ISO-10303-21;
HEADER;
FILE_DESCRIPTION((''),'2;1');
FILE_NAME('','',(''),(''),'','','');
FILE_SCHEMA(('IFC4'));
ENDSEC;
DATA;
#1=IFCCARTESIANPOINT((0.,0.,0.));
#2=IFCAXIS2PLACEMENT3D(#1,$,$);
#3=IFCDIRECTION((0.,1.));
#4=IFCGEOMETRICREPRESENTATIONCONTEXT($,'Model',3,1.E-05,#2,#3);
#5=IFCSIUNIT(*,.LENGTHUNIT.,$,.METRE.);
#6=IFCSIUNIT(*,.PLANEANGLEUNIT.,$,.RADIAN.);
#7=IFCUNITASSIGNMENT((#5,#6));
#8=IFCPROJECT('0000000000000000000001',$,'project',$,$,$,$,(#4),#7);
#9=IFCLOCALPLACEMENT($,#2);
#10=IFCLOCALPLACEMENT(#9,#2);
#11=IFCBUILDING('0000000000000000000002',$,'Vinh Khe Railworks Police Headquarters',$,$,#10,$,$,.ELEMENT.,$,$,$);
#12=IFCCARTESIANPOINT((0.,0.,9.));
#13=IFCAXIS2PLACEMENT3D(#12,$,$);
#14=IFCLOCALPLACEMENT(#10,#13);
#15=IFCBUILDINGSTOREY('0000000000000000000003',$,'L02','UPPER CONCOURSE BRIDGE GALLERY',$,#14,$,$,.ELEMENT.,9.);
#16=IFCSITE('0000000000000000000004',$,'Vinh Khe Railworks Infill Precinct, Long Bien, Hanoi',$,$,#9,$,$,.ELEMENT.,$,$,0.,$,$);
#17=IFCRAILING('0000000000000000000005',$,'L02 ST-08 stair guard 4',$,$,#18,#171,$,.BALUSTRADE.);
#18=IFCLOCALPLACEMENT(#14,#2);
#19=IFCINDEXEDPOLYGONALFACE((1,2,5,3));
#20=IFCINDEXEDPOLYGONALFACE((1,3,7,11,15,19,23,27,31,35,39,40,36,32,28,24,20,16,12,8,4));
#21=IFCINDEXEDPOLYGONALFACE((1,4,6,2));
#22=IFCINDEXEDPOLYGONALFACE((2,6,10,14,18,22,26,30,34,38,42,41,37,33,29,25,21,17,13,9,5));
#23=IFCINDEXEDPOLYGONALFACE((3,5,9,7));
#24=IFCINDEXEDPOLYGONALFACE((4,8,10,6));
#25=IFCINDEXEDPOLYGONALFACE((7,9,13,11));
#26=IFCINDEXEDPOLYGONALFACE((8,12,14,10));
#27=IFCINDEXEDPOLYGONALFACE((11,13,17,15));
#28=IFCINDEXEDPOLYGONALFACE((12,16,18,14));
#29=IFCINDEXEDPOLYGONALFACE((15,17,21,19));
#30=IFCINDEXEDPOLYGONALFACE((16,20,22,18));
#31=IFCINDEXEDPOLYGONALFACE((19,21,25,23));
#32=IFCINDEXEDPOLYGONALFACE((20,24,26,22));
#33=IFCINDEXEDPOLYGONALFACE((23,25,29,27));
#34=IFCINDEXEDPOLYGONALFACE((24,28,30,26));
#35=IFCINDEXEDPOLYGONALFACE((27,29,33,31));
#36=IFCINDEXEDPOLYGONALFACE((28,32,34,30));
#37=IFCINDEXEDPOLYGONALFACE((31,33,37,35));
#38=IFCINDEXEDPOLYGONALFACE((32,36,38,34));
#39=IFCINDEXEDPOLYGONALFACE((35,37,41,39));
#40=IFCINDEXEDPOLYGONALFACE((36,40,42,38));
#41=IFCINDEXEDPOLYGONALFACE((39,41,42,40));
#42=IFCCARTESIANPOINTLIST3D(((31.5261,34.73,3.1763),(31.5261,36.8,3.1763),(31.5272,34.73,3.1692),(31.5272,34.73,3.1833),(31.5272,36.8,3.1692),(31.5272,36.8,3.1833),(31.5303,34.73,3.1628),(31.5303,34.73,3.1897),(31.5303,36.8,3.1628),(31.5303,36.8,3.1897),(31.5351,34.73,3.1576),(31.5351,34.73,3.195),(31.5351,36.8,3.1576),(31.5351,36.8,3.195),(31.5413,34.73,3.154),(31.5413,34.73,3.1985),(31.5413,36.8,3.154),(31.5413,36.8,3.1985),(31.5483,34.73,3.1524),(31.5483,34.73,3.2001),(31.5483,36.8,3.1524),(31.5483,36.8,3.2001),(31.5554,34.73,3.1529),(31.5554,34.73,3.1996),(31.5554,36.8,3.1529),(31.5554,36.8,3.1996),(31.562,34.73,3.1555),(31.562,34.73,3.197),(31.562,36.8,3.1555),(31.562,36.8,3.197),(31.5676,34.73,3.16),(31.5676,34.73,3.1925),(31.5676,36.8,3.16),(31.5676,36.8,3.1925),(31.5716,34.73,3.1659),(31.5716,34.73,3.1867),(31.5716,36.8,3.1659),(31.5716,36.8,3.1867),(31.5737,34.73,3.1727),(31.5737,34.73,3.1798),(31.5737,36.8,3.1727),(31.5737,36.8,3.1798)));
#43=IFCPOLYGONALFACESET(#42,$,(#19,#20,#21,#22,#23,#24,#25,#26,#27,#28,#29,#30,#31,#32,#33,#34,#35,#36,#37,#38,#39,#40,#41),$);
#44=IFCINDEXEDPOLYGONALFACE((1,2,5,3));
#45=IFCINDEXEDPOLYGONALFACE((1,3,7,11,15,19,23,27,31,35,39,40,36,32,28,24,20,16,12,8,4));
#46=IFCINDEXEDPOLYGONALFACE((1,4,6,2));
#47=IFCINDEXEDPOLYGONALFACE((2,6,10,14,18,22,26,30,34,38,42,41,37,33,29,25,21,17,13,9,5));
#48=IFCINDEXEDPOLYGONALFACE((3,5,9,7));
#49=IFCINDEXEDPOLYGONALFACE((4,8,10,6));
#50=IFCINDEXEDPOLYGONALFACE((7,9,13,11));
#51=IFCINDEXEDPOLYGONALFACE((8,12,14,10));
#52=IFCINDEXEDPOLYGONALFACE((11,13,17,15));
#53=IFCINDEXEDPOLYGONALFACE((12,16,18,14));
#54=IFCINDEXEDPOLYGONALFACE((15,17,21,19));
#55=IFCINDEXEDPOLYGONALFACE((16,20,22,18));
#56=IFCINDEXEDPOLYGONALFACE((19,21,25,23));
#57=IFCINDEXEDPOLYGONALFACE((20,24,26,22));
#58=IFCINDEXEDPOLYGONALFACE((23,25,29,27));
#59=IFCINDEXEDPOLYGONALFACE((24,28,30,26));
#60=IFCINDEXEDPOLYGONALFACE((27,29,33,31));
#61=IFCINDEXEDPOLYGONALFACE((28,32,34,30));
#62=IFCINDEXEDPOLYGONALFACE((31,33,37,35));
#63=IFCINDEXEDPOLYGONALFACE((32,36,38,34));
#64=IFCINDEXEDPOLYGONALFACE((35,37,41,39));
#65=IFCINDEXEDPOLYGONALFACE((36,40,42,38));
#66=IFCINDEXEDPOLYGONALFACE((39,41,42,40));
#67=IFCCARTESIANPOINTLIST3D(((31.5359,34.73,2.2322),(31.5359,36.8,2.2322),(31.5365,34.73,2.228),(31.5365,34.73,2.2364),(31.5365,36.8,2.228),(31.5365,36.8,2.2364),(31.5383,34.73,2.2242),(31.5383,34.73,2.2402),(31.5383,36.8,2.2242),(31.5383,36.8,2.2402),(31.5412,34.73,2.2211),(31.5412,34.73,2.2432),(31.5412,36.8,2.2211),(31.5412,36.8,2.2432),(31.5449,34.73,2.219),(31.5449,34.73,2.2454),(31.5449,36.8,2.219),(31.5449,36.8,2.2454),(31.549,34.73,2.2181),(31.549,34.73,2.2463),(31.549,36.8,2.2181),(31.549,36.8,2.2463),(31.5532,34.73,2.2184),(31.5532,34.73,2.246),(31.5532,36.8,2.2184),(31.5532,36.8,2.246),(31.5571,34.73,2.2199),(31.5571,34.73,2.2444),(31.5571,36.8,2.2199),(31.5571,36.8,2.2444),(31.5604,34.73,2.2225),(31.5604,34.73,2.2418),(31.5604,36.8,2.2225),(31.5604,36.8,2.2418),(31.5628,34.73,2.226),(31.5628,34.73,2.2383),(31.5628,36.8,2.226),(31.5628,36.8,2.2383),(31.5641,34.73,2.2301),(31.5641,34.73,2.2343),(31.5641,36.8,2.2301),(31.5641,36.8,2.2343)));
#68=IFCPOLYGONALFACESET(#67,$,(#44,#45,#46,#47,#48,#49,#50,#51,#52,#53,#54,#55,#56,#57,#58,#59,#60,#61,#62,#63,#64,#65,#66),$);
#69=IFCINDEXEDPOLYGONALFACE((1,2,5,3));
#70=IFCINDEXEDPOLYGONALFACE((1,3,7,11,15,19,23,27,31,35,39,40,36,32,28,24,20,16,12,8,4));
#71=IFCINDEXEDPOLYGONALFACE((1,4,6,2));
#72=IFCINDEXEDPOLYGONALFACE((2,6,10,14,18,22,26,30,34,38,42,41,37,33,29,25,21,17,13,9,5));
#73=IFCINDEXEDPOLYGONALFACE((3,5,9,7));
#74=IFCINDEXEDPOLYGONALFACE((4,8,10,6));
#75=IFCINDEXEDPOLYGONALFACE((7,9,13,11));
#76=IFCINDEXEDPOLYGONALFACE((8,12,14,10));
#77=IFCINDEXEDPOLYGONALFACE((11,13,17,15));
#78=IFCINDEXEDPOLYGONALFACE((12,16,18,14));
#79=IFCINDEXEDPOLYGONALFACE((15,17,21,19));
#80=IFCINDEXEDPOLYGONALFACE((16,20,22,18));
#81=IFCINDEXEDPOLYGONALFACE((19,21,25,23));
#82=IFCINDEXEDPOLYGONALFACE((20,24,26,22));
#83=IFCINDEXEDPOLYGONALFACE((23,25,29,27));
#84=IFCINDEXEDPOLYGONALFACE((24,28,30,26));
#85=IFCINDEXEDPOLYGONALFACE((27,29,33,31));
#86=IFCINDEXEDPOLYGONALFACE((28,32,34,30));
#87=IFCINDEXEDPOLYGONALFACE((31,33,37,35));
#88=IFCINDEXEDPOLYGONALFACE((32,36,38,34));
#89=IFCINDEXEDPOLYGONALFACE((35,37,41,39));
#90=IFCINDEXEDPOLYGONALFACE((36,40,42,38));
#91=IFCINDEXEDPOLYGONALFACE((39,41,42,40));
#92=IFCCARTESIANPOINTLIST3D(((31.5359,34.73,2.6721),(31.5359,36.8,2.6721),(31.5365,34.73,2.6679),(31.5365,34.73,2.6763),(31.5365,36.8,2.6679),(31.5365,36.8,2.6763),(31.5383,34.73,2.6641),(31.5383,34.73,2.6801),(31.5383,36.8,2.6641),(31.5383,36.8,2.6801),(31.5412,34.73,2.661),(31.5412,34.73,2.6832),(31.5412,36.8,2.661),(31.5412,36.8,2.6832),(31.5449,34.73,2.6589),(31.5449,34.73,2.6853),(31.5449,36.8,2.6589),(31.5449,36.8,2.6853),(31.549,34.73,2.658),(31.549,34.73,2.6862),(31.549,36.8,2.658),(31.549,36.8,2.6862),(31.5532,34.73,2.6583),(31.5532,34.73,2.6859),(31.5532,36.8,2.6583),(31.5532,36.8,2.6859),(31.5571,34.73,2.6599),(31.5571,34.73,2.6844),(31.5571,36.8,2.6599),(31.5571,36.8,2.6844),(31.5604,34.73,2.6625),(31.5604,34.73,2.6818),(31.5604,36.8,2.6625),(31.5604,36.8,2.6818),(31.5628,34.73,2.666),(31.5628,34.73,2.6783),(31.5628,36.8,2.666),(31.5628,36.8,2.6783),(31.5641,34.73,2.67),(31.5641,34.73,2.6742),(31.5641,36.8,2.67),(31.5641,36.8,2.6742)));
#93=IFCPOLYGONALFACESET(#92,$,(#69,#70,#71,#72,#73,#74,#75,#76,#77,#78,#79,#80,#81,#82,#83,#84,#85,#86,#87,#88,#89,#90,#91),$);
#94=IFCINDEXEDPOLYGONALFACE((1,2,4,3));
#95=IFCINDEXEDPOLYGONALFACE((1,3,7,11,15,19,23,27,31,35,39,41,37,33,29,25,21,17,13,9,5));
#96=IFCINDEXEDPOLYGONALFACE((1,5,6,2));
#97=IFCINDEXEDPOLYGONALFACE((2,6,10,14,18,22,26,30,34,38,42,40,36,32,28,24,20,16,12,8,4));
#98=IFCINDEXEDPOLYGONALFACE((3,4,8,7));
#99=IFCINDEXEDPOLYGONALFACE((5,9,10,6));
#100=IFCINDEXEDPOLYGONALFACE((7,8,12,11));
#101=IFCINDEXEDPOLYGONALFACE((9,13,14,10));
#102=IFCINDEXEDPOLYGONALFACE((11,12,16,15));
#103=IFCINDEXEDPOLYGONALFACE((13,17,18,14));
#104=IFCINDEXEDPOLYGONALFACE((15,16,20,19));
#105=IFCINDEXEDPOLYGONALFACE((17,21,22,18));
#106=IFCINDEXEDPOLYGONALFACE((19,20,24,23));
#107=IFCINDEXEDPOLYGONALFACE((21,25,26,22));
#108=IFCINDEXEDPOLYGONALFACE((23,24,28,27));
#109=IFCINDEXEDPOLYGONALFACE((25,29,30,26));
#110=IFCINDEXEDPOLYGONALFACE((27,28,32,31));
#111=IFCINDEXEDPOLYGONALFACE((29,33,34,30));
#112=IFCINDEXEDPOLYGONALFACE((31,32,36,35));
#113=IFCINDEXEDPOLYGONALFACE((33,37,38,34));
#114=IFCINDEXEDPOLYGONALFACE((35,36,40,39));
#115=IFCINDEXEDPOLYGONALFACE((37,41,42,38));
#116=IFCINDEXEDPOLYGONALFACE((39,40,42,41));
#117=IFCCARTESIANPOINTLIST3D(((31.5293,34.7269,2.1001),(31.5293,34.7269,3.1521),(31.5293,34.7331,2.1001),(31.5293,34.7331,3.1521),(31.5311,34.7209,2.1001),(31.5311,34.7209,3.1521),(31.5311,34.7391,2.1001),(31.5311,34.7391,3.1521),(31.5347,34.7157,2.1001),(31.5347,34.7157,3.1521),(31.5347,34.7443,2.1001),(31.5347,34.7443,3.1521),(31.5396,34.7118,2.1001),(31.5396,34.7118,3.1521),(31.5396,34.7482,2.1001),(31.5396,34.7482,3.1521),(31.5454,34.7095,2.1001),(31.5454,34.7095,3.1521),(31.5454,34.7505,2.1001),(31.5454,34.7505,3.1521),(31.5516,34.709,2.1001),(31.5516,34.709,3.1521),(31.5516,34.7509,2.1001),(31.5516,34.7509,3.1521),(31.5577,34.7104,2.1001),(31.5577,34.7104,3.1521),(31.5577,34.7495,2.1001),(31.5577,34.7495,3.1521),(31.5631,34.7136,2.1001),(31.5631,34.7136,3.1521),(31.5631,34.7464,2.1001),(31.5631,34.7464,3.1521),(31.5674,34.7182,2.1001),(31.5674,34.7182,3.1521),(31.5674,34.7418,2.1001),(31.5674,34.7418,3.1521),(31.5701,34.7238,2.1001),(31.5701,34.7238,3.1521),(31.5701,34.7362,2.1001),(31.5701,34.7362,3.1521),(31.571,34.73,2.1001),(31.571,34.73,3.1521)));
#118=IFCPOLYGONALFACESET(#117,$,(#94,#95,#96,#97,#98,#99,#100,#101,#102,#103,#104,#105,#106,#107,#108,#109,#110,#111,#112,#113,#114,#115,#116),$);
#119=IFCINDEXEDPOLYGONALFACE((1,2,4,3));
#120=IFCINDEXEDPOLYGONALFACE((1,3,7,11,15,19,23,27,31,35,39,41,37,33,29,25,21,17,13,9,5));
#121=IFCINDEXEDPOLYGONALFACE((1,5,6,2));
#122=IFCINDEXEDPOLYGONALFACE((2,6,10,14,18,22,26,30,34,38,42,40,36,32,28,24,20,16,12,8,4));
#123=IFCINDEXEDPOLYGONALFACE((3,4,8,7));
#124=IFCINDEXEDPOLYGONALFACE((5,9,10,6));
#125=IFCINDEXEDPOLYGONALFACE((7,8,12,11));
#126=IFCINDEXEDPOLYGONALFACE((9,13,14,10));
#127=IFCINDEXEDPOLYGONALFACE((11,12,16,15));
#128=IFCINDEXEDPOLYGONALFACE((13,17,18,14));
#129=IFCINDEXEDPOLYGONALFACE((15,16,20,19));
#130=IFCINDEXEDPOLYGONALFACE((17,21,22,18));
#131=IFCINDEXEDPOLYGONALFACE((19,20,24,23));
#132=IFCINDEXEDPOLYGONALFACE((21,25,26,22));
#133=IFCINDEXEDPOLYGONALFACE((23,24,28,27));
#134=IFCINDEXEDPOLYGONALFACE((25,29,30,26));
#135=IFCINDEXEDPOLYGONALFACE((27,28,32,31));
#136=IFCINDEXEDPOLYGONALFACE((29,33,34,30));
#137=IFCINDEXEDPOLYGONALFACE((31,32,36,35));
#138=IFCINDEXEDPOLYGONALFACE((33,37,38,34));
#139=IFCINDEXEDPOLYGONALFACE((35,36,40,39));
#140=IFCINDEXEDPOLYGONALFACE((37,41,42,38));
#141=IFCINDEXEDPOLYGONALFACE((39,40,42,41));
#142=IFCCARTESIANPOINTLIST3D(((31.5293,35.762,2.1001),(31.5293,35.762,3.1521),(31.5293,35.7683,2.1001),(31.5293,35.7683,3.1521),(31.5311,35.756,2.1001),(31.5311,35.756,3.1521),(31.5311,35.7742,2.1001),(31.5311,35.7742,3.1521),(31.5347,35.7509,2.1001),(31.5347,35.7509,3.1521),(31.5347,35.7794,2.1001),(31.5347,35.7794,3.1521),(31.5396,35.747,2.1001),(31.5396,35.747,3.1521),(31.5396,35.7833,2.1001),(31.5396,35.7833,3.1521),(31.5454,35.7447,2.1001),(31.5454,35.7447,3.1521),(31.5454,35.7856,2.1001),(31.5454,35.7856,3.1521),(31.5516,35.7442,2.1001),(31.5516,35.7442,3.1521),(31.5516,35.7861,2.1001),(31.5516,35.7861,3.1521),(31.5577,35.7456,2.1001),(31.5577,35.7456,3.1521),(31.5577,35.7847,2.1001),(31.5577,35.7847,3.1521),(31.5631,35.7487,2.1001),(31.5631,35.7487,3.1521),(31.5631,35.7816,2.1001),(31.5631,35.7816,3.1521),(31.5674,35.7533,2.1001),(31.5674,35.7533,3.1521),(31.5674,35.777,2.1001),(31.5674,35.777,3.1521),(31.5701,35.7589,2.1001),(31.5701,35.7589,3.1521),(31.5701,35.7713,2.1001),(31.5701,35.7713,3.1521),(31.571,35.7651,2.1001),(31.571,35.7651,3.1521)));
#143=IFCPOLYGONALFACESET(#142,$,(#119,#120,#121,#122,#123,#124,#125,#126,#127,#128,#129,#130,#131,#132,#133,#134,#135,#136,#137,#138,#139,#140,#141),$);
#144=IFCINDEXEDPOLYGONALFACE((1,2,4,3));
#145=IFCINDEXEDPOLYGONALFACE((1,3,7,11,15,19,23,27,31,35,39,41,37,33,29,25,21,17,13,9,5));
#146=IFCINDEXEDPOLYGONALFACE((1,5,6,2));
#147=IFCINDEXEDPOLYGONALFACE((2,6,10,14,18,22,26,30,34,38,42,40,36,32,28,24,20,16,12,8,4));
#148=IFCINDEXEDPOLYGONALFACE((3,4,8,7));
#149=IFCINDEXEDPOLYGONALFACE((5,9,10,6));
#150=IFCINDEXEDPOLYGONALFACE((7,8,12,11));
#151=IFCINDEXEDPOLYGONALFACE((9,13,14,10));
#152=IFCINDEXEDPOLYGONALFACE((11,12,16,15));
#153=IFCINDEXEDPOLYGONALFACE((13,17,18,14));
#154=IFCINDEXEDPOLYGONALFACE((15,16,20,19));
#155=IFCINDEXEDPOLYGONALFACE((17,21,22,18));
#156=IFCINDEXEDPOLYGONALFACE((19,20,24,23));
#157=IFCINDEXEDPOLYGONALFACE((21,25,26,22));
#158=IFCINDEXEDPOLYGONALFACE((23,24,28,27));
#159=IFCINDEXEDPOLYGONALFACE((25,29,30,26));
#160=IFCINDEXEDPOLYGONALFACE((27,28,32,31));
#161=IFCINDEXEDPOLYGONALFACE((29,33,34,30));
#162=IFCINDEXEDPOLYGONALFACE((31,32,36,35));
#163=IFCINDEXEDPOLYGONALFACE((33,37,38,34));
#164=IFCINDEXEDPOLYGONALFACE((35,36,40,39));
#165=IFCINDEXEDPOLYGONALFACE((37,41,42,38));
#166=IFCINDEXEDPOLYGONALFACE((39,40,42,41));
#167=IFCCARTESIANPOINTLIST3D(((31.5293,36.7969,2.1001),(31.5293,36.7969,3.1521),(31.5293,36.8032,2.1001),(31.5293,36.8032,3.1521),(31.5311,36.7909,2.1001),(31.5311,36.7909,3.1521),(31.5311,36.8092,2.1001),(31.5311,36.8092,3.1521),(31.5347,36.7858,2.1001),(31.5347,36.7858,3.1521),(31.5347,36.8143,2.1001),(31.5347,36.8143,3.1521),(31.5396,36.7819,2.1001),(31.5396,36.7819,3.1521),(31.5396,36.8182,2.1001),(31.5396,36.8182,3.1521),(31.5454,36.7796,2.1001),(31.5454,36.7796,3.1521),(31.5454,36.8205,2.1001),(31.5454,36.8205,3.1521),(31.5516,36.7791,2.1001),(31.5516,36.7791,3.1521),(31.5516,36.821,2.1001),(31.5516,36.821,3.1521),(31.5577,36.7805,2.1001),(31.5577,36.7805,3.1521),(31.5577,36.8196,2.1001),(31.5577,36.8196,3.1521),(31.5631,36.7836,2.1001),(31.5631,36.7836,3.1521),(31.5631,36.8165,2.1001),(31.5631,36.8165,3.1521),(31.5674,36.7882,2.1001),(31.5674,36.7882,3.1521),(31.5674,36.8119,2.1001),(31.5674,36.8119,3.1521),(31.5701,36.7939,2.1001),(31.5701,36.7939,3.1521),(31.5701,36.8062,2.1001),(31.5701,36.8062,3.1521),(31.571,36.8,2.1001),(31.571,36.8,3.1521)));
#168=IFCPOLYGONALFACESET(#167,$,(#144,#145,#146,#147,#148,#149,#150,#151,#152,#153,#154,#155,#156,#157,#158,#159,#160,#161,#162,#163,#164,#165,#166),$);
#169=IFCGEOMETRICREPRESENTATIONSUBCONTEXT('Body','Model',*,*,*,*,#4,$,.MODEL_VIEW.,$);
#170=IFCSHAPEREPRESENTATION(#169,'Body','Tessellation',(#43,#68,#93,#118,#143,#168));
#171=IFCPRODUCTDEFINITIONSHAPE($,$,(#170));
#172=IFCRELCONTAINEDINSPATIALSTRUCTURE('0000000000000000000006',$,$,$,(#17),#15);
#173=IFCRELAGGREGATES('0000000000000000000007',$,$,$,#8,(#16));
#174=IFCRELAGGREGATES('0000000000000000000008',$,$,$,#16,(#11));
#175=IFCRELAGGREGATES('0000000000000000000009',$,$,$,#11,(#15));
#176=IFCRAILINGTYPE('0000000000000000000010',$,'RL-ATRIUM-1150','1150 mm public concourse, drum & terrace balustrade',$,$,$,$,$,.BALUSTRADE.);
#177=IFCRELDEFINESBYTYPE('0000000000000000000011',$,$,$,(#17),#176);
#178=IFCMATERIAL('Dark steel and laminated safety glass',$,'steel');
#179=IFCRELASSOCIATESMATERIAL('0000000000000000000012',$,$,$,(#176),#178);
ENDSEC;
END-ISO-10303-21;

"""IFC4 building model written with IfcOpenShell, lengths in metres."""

from ifc_helpers import new_model, si_unit, direction, frame, origin, origin_2d, place, context, subcontext, project, spatial, circle, extrude, material, type_object, element, save


model = new_model("IFC4")

# Units and contexts
model_context = context("Model", 3, precision=1e-05, world=origin(), true_north=direction((0.0, 1.0)))
body_context = subcontext(model_context, "Body", "Model", "MODEL_VIEW")
ifc_project = project(units=[si_unit("LENGTHUNIT", "METRE"), si_unit("PLANEANGLEUNIT", "RADIAN")], contexts=[model_context])

# Site, building, storey
site_placement = place(None, origin())
site = spatial("IfcSite", under=ifc_project, at=site_placement, Name="Vinh Khe Railworks Infill Precinct, Long Bien, Hanoi", CompositionType="ELEMENT", RefElevation=0.0)
building_placement = place(site_placement, origin())
building = spatial("IfcBuilding", under=site, at=building_placement, Name="Vinh Khe Railworks Police Headquarters", CompositionType="ELEMENT")
storey_placement = place(building_placement, frame((0.0, 0.0, 9.0)))
storey = spatial("IfcBuildingStorey", under=building, at=storey_placement, Name="L02", Description="UPPER CONCOURSE BRIDGE GALLERY", CompositionType="ELEMENT", Elevation=9.0)

# Railing
ifc_material_1 = material(Name="Dark steel and laminated safety glass", Category="steel")
railing_type_1 = type_object("IfcRailingType", Name="RL-ATRIUM-1150", Description="1150 mm public concourse, drum & terrace balustrade", PredefinedType="BALUSTRADE", material=ifc_material_1)
for number, where, name in (
    (1, (31.55, 34.73, 2.1001), "L02 ST-08 stair guard 4"),
):
    element("IfcRailing", number, at=place(storey_placement, frame(where)), inside=storey, type_object=railing_type_1, Name=name, PredefinedType="BALUSTRADE", context=body_context, shape_type="SweptSolid", body=[
        extrude(circle(Radius=0.0239, at=origin_2d()), frame((0.0, 0.0, 1.0762), z_axis=(0.0, 1.0, 0.0), x_axis=(-1.0, 0.0, 0.0)), (0.0, 0.0, 1.0), 2.0701),
        extrude(circle(Radius=0.0142, at=origin_2d()), frame((0.0, 0.0, 0.1321), z_axis=(0.0, 1.0, 0.0), x_axis=(-1.0, 0.0, 0.0)), (0.0, 0.0, 1.0), 2.0701),
        extrude(circle(Radius=0.0142, at=origin_2d()), frame((0.0, 0.0, 0.572), z_axis=(0.0, 1.0, 0.0), x_axis=(-1.0, 0.0, 0.0)), (0.0, 0.0, 1.0), 2.0701),
        extrude(circle(Radius=0.021, at=origin_2d()), origin(), (0.0, 0.0, 1.0), 1.052),
        extrude(circle(Radius=0.021, at=origin_2d()), frame((0.0, 1.0352, 0.0)), (0.0, 0.0, 1.0), 1.052),
        extrude(circle(Radius=0.021, at=origin_2d()), frame((0.0, 2.0701, 0.0)), (0.0, 0.0, 1.0), 1.052),
    ])

save(model, "model.ifc")
